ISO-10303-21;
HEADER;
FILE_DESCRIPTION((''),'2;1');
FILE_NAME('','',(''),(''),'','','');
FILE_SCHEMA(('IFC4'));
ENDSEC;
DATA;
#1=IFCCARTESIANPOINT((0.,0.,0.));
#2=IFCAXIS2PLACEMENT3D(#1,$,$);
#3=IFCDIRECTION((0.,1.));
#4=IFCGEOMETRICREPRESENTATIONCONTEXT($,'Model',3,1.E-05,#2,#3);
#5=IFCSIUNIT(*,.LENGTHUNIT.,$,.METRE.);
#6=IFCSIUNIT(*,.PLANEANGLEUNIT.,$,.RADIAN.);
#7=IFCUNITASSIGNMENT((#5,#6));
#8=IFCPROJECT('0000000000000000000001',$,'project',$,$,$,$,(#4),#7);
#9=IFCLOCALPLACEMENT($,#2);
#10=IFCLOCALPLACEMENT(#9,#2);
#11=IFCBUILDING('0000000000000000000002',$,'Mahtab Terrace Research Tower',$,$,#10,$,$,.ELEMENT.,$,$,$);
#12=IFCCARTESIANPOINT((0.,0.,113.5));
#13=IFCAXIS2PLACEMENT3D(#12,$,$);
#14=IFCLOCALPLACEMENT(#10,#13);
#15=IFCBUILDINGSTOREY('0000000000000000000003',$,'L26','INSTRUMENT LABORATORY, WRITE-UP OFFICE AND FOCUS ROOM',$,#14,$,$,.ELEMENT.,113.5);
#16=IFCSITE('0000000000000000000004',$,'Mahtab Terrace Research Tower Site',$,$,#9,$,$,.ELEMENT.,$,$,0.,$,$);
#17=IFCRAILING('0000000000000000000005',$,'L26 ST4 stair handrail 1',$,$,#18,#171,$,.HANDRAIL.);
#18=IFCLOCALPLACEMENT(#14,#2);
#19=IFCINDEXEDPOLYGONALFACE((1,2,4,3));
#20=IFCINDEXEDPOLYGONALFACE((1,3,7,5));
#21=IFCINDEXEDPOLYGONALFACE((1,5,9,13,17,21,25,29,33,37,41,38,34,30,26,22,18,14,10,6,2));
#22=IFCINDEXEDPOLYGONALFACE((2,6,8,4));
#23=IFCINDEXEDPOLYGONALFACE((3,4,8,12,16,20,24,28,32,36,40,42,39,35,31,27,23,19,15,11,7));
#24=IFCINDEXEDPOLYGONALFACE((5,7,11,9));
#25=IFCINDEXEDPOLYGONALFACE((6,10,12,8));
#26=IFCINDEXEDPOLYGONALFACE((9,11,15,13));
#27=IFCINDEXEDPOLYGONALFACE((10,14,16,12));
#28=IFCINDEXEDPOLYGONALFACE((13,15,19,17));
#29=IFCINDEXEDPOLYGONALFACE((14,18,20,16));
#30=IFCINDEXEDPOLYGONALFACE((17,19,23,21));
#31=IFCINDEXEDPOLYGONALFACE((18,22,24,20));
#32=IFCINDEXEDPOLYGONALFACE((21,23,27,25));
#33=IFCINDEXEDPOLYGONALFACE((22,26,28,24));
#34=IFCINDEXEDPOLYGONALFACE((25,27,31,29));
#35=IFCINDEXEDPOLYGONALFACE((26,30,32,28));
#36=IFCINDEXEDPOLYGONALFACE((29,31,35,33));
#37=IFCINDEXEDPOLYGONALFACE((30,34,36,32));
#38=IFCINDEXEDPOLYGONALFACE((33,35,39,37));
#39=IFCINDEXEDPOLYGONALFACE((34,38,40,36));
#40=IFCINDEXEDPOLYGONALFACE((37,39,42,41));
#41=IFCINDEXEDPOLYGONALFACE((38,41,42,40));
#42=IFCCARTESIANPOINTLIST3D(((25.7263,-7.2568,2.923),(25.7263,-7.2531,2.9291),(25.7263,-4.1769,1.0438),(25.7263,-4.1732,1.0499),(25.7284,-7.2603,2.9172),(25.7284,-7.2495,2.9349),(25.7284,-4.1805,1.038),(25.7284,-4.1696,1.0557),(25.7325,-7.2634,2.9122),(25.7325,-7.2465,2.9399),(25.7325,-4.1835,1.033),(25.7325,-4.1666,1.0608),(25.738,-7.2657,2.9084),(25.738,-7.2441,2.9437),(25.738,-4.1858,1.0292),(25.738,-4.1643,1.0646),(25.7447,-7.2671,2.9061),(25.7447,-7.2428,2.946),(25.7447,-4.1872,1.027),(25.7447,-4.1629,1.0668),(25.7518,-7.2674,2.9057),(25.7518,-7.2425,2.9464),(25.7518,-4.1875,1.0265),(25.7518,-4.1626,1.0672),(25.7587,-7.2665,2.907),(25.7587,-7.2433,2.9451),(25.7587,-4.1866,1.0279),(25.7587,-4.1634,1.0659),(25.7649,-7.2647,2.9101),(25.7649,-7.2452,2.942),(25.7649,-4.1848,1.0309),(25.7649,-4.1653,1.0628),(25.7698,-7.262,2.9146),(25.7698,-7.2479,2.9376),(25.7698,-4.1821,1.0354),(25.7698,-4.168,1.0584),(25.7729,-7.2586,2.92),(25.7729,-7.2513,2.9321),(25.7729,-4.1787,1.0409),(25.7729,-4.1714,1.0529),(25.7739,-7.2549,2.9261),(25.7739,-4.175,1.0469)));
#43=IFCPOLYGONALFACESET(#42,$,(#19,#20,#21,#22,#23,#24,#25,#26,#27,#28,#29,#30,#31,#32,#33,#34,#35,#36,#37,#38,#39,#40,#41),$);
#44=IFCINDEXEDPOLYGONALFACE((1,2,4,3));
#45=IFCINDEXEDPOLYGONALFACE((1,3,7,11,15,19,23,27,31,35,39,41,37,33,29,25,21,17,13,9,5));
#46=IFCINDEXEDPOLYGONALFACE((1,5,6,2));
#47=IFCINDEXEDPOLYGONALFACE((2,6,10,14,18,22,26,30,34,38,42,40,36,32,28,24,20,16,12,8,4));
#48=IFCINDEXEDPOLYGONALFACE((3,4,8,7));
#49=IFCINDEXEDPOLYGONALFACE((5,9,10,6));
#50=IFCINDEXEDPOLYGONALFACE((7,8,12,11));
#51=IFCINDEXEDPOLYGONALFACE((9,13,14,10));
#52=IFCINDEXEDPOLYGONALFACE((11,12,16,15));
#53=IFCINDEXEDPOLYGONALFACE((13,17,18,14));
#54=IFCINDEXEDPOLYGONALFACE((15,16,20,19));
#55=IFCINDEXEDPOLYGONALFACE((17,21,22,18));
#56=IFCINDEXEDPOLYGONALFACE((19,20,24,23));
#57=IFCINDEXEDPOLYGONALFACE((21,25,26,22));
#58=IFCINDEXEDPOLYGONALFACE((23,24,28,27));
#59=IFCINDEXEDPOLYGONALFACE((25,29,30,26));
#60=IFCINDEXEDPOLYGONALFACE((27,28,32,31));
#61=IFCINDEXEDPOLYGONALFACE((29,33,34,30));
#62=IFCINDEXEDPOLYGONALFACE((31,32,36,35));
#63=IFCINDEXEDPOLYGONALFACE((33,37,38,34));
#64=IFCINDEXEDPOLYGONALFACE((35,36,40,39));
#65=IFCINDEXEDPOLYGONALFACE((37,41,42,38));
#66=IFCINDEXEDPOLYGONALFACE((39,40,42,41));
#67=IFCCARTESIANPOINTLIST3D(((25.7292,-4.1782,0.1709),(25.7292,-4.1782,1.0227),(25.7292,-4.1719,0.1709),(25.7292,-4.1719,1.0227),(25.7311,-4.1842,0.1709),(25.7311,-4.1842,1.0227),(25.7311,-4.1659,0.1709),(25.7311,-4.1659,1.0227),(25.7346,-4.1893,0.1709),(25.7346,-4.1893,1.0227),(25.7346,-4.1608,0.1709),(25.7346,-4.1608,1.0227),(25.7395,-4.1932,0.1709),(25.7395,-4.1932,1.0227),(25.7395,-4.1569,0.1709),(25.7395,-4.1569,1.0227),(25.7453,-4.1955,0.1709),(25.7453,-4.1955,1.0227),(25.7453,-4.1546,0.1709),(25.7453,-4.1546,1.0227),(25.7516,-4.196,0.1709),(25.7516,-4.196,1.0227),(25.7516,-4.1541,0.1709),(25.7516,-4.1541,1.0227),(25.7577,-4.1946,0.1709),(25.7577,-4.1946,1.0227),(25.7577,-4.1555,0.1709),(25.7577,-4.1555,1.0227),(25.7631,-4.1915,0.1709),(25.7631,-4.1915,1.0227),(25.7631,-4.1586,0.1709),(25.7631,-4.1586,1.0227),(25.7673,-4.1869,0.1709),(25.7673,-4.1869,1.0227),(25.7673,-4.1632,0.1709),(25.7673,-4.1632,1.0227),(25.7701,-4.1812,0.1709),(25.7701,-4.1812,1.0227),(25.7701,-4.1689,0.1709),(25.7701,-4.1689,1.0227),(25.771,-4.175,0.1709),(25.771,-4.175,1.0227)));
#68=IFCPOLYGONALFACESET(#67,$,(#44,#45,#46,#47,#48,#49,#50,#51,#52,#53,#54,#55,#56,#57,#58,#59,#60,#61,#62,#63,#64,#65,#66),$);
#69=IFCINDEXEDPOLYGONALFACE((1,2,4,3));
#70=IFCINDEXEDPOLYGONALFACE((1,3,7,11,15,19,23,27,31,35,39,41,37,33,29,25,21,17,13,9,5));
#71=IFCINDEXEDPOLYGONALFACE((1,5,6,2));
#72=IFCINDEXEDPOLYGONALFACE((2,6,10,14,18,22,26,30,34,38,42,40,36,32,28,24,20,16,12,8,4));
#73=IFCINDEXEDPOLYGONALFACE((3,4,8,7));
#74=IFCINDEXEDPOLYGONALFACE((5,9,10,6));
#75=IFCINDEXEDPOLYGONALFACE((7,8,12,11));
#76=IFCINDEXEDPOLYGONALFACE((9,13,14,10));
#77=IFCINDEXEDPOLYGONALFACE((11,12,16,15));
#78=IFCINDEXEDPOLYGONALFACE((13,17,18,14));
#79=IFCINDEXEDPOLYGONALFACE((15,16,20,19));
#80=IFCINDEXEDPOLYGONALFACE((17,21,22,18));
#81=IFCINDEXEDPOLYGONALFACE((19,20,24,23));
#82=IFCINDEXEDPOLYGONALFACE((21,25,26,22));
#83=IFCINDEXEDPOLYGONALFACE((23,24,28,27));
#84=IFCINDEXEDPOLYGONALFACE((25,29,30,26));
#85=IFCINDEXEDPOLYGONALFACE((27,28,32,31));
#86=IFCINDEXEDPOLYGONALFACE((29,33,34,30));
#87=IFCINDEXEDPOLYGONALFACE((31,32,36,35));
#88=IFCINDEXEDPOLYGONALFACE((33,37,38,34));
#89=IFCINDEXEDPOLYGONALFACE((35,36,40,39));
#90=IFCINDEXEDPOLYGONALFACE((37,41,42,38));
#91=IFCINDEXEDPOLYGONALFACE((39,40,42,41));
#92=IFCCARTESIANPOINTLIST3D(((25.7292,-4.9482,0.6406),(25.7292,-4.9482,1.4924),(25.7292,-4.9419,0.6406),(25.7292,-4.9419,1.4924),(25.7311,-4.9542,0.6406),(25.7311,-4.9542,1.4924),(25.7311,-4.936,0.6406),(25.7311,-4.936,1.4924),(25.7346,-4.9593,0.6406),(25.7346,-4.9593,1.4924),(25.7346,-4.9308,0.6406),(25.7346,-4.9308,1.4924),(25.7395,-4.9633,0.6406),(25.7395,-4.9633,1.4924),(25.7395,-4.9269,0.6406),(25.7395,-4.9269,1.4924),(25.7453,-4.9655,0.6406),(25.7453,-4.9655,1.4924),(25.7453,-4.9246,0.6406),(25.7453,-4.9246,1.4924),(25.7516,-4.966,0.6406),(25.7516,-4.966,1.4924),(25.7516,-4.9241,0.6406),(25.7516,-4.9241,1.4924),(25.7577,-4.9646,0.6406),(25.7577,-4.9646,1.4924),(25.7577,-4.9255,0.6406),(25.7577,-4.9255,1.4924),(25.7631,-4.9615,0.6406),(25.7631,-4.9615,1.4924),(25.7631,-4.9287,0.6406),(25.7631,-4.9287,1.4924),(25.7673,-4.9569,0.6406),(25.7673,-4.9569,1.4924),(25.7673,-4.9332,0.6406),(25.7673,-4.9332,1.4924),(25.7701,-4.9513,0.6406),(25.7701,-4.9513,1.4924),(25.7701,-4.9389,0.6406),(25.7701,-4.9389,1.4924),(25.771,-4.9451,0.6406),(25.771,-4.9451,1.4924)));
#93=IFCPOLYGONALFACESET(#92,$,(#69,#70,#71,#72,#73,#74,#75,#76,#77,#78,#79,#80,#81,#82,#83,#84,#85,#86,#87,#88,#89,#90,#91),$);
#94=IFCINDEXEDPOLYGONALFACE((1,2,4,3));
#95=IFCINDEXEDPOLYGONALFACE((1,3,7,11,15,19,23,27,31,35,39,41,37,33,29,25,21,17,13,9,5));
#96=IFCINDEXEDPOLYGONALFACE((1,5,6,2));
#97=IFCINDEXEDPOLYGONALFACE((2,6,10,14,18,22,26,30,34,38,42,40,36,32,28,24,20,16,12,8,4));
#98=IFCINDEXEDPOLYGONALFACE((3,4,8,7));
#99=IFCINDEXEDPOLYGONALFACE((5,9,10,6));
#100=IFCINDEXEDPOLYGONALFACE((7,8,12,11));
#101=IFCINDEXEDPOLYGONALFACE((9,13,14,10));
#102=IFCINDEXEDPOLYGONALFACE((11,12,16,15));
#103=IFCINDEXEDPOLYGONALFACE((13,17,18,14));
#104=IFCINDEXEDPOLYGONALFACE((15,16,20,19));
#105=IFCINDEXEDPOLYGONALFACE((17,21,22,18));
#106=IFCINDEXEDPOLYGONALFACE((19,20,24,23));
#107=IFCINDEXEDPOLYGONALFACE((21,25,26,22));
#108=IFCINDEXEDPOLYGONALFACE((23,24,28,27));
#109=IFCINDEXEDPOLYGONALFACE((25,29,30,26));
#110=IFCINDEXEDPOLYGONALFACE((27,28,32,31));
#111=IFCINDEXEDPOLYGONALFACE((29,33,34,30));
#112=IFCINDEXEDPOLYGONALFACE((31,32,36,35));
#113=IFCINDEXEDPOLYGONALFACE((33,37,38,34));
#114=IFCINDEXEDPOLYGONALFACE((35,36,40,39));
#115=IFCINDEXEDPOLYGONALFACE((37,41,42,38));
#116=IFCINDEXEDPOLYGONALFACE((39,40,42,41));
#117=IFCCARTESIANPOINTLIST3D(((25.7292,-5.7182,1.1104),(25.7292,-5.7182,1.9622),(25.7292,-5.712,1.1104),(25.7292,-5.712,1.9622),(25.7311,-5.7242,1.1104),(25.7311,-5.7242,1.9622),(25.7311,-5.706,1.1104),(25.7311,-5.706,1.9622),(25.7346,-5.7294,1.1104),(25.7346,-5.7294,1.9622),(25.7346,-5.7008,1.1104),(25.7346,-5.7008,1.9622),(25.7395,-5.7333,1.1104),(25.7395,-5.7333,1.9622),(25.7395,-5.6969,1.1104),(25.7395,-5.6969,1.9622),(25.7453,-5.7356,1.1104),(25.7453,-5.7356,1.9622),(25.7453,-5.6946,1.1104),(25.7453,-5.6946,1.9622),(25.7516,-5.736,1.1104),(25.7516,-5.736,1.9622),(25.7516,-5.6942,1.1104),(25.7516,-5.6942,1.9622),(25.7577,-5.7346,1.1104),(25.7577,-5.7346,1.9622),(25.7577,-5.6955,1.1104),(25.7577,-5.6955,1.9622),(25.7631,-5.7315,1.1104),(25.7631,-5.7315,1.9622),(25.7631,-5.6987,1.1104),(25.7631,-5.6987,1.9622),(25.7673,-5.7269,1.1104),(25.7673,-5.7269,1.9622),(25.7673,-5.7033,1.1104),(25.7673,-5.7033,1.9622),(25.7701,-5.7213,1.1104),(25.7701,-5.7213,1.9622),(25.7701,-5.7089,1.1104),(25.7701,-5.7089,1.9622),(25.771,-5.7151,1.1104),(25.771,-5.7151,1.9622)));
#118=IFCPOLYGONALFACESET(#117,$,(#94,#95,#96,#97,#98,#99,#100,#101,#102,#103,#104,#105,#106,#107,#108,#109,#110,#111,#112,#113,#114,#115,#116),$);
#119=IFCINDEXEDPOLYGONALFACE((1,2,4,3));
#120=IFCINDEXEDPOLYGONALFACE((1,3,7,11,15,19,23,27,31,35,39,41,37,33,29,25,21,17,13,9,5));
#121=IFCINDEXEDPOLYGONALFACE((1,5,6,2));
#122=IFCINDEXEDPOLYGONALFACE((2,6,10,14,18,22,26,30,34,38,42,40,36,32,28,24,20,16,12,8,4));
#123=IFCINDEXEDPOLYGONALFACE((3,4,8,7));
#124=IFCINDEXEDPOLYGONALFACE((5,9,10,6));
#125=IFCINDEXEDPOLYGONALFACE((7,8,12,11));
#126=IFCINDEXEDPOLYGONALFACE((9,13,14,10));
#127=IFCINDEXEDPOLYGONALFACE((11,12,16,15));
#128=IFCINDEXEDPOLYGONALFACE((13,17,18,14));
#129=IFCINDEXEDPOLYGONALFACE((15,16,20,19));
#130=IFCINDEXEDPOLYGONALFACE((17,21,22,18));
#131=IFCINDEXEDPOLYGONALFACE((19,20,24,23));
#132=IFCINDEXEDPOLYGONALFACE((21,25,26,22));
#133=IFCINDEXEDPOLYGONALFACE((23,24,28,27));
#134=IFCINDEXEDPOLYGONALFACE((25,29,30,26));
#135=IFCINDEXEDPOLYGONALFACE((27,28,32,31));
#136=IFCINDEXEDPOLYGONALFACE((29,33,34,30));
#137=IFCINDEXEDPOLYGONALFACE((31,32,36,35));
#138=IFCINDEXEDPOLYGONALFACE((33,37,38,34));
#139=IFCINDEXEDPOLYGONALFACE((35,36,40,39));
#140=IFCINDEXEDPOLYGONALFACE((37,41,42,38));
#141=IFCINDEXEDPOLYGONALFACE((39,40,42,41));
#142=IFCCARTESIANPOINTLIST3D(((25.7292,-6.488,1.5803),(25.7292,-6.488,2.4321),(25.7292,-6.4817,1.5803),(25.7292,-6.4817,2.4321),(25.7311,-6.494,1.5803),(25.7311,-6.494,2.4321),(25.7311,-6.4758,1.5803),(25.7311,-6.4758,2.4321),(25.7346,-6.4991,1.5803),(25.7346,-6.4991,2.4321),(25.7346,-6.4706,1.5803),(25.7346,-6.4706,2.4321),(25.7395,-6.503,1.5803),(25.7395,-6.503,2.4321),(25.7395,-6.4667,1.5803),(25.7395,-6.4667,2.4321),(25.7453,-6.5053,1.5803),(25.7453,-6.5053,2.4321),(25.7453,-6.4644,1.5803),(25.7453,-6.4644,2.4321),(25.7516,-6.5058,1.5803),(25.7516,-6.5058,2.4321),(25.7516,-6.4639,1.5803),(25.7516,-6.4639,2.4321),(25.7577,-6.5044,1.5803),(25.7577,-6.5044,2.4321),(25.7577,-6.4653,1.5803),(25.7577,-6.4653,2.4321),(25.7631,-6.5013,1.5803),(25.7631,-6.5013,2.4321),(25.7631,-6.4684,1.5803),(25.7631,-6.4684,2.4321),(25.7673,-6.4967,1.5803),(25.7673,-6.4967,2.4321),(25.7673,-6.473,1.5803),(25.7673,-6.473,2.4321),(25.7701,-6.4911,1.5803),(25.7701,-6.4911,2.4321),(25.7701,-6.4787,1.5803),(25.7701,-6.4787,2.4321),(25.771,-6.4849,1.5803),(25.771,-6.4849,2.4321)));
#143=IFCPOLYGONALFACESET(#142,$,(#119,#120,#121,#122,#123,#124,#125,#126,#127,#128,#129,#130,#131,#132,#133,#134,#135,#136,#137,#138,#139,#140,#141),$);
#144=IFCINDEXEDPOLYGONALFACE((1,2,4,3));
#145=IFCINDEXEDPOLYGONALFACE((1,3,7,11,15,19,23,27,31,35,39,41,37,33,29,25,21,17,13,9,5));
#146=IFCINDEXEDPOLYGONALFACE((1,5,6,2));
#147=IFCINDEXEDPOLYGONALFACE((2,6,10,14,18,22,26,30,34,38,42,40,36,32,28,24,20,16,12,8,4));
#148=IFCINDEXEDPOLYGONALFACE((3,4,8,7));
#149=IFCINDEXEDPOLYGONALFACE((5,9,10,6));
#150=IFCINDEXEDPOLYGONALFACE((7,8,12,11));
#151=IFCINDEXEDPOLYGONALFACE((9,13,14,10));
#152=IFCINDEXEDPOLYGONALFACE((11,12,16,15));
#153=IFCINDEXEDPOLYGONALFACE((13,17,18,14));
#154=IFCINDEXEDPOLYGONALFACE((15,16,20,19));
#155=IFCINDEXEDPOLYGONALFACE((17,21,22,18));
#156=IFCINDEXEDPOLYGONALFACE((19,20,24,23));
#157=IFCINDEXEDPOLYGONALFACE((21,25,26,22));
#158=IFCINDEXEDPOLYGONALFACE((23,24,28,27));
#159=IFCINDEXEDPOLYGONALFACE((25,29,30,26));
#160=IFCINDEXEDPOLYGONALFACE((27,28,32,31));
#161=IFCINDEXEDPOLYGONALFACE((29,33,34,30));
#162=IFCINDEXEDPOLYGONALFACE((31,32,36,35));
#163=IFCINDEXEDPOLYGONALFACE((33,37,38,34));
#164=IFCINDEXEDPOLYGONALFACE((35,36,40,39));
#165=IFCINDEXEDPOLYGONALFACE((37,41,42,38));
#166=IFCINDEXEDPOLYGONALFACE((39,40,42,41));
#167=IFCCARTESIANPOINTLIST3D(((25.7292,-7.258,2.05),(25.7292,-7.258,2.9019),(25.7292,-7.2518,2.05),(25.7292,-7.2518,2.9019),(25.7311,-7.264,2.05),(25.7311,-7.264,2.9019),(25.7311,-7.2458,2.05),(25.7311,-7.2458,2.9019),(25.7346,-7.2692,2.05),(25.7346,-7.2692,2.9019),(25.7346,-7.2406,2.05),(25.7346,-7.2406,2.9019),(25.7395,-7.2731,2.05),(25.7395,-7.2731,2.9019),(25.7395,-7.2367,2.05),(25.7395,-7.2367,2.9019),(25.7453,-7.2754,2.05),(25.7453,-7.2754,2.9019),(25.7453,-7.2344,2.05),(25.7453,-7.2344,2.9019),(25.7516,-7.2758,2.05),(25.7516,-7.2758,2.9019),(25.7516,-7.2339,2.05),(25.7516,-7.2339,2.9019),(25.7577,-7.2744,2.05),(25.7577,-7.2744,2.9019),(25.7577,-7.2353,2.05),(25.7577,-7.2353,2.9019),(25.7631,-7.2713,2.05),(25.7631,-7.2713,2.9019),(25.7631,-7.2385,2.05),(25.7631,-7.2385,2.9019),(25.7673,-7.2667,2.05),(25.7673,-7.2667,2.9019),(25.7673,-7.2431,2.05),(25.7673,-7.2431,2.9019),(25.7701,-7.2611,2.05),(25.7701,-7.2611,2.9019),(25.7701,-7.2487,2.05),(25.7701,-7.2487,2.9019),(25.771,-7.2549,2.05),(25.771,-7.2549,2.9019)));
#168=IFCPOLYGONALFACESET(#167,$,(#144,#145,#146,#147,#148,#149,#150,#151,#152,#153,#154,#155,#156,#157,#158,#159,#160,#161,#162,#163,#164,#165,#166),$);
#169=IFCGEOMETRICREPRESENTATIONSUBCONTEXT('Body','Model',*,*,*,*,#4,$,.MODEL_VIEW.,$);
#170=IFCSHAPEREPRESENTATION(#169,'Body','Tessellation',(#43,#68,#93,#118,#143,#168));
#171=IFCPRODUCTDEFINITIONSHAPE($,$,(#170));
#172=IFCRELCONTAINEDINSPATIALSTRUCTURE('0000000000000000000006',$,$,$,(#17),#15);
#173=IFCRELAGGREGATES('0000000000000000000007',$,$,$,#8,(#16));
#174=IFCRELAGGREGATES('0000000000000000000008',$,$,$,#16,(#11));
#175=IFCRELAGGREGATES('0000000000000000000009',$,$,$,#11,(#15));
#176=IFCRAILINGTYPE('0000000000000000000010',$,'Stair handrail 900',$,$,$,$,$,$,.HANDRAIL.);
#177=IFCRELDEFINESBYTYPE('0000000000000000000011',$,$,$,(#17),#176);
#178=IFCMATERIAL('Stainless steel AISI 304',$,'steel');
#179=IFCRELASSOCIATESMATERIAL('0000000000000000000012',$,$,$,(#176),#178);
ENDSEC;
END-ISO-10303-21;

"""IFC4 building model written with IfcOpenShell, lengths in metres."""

from ifc_helpers import new_model, si_unit, direction, frame, origin, origin_2d, place, context, subcontext, project, spatial, circle, extrude, material, type_object, element, save


model = new_model("IFC4")

# Units and contexts
model_context = context("Model", 3, precision=1e-05, world=origin(), true_north=direction((0.0, 1.0)))
body_context = subcontext(model_context, "Body", "Model", "MODEL_VIEW")
ifc_project = project(units=[si_unit("LENGTHUNIT", "METRE"), si_unit("PLANEANGLEUNIT", "RADIAN")], contexts=[model_context])

# Site, building, storey
site_placement = place(None, origin())
site = spatial("IfcSite", under=ifc_project, at=site_placement, Name="Mahtab Terrace Research Tower Site", CompositionType="ELEMENT", RefElevation=0.0)
building_placement = place(site_placement, origin())
building = spatial("IfcBuilding", under=site, at=building_placement, Name="Mahtab Terrace Research Tower", CompositionType="ELEMENT")
storey_placement = place(building_placement, frame((0.0, 0.0, 113.5)))
storey = spatial("IfcBuildingStorey", under=building, at=storey_placement, Name="L26", Description="INSTRUMENT LABORATORY, WRITE-UP OFFICE AND FOCUS ROOM", CompositionType="ELEMENT", Elevation=113.5)

# Shared definitions
ifc_material_1 = material(Name="Stainless steel AISI 304", Category="steel")

# Railing
railing_type_1 = type_object("IfcRailingType", Name="Stair handrail 900", PredefinedType="HANDRAIL", material=ifc_material_1)
railing_1_placement = place(storey_placement, frame((25.75, -4.175, 0.1709)))
element("IfcRailing", 1, at=railing_1_placement, inside=storey, type_object=railing_type_1, Name="L26 ST4 stair handrail 1", PredefinedType="HANDRAIL", context=body_context, shape_type="SweptSolid", body=[
    extrude(circle(Radius=0.0239, at=origin_2d()), frame((0.0, 0.0, 0.876), z_axis=(0.0, -0.853648, 0.52085), x_axis=(1.0, 0.0, 0.0)), (0.0, 0.0, 1.0), 3.6079),
    extrude(circle(Radius=0.021, at=origin_2d()), origin(), (0.0, 0.0, 1.0), 0.8518),
    extrude(circle(Radius=0.021, at=origin_2d()), frame((0.0, -0.77, 0.4697)), (0.0, 0.0, 1.0), 0.8518),
    extrude(circle(Radius=0.021, at=origin_2d()), frame((0.0, -1.54, 0.9395)), (0.0, 0.0, 1.0), 0.8518),
    extrude(circle(Radius=0.021, at=origin_2d()), frame((0.0, -2.3098, 1.4094)), (0.0, 0.0, 1.0), 0.8518),
    extrude(circle(Radius=0.021, at=origin_2d()), frame((0.0, -3.0798, 1.8792)), (0.0, 0.0, 1.0), 0.8518),
])

save(model, "model.ifc")
